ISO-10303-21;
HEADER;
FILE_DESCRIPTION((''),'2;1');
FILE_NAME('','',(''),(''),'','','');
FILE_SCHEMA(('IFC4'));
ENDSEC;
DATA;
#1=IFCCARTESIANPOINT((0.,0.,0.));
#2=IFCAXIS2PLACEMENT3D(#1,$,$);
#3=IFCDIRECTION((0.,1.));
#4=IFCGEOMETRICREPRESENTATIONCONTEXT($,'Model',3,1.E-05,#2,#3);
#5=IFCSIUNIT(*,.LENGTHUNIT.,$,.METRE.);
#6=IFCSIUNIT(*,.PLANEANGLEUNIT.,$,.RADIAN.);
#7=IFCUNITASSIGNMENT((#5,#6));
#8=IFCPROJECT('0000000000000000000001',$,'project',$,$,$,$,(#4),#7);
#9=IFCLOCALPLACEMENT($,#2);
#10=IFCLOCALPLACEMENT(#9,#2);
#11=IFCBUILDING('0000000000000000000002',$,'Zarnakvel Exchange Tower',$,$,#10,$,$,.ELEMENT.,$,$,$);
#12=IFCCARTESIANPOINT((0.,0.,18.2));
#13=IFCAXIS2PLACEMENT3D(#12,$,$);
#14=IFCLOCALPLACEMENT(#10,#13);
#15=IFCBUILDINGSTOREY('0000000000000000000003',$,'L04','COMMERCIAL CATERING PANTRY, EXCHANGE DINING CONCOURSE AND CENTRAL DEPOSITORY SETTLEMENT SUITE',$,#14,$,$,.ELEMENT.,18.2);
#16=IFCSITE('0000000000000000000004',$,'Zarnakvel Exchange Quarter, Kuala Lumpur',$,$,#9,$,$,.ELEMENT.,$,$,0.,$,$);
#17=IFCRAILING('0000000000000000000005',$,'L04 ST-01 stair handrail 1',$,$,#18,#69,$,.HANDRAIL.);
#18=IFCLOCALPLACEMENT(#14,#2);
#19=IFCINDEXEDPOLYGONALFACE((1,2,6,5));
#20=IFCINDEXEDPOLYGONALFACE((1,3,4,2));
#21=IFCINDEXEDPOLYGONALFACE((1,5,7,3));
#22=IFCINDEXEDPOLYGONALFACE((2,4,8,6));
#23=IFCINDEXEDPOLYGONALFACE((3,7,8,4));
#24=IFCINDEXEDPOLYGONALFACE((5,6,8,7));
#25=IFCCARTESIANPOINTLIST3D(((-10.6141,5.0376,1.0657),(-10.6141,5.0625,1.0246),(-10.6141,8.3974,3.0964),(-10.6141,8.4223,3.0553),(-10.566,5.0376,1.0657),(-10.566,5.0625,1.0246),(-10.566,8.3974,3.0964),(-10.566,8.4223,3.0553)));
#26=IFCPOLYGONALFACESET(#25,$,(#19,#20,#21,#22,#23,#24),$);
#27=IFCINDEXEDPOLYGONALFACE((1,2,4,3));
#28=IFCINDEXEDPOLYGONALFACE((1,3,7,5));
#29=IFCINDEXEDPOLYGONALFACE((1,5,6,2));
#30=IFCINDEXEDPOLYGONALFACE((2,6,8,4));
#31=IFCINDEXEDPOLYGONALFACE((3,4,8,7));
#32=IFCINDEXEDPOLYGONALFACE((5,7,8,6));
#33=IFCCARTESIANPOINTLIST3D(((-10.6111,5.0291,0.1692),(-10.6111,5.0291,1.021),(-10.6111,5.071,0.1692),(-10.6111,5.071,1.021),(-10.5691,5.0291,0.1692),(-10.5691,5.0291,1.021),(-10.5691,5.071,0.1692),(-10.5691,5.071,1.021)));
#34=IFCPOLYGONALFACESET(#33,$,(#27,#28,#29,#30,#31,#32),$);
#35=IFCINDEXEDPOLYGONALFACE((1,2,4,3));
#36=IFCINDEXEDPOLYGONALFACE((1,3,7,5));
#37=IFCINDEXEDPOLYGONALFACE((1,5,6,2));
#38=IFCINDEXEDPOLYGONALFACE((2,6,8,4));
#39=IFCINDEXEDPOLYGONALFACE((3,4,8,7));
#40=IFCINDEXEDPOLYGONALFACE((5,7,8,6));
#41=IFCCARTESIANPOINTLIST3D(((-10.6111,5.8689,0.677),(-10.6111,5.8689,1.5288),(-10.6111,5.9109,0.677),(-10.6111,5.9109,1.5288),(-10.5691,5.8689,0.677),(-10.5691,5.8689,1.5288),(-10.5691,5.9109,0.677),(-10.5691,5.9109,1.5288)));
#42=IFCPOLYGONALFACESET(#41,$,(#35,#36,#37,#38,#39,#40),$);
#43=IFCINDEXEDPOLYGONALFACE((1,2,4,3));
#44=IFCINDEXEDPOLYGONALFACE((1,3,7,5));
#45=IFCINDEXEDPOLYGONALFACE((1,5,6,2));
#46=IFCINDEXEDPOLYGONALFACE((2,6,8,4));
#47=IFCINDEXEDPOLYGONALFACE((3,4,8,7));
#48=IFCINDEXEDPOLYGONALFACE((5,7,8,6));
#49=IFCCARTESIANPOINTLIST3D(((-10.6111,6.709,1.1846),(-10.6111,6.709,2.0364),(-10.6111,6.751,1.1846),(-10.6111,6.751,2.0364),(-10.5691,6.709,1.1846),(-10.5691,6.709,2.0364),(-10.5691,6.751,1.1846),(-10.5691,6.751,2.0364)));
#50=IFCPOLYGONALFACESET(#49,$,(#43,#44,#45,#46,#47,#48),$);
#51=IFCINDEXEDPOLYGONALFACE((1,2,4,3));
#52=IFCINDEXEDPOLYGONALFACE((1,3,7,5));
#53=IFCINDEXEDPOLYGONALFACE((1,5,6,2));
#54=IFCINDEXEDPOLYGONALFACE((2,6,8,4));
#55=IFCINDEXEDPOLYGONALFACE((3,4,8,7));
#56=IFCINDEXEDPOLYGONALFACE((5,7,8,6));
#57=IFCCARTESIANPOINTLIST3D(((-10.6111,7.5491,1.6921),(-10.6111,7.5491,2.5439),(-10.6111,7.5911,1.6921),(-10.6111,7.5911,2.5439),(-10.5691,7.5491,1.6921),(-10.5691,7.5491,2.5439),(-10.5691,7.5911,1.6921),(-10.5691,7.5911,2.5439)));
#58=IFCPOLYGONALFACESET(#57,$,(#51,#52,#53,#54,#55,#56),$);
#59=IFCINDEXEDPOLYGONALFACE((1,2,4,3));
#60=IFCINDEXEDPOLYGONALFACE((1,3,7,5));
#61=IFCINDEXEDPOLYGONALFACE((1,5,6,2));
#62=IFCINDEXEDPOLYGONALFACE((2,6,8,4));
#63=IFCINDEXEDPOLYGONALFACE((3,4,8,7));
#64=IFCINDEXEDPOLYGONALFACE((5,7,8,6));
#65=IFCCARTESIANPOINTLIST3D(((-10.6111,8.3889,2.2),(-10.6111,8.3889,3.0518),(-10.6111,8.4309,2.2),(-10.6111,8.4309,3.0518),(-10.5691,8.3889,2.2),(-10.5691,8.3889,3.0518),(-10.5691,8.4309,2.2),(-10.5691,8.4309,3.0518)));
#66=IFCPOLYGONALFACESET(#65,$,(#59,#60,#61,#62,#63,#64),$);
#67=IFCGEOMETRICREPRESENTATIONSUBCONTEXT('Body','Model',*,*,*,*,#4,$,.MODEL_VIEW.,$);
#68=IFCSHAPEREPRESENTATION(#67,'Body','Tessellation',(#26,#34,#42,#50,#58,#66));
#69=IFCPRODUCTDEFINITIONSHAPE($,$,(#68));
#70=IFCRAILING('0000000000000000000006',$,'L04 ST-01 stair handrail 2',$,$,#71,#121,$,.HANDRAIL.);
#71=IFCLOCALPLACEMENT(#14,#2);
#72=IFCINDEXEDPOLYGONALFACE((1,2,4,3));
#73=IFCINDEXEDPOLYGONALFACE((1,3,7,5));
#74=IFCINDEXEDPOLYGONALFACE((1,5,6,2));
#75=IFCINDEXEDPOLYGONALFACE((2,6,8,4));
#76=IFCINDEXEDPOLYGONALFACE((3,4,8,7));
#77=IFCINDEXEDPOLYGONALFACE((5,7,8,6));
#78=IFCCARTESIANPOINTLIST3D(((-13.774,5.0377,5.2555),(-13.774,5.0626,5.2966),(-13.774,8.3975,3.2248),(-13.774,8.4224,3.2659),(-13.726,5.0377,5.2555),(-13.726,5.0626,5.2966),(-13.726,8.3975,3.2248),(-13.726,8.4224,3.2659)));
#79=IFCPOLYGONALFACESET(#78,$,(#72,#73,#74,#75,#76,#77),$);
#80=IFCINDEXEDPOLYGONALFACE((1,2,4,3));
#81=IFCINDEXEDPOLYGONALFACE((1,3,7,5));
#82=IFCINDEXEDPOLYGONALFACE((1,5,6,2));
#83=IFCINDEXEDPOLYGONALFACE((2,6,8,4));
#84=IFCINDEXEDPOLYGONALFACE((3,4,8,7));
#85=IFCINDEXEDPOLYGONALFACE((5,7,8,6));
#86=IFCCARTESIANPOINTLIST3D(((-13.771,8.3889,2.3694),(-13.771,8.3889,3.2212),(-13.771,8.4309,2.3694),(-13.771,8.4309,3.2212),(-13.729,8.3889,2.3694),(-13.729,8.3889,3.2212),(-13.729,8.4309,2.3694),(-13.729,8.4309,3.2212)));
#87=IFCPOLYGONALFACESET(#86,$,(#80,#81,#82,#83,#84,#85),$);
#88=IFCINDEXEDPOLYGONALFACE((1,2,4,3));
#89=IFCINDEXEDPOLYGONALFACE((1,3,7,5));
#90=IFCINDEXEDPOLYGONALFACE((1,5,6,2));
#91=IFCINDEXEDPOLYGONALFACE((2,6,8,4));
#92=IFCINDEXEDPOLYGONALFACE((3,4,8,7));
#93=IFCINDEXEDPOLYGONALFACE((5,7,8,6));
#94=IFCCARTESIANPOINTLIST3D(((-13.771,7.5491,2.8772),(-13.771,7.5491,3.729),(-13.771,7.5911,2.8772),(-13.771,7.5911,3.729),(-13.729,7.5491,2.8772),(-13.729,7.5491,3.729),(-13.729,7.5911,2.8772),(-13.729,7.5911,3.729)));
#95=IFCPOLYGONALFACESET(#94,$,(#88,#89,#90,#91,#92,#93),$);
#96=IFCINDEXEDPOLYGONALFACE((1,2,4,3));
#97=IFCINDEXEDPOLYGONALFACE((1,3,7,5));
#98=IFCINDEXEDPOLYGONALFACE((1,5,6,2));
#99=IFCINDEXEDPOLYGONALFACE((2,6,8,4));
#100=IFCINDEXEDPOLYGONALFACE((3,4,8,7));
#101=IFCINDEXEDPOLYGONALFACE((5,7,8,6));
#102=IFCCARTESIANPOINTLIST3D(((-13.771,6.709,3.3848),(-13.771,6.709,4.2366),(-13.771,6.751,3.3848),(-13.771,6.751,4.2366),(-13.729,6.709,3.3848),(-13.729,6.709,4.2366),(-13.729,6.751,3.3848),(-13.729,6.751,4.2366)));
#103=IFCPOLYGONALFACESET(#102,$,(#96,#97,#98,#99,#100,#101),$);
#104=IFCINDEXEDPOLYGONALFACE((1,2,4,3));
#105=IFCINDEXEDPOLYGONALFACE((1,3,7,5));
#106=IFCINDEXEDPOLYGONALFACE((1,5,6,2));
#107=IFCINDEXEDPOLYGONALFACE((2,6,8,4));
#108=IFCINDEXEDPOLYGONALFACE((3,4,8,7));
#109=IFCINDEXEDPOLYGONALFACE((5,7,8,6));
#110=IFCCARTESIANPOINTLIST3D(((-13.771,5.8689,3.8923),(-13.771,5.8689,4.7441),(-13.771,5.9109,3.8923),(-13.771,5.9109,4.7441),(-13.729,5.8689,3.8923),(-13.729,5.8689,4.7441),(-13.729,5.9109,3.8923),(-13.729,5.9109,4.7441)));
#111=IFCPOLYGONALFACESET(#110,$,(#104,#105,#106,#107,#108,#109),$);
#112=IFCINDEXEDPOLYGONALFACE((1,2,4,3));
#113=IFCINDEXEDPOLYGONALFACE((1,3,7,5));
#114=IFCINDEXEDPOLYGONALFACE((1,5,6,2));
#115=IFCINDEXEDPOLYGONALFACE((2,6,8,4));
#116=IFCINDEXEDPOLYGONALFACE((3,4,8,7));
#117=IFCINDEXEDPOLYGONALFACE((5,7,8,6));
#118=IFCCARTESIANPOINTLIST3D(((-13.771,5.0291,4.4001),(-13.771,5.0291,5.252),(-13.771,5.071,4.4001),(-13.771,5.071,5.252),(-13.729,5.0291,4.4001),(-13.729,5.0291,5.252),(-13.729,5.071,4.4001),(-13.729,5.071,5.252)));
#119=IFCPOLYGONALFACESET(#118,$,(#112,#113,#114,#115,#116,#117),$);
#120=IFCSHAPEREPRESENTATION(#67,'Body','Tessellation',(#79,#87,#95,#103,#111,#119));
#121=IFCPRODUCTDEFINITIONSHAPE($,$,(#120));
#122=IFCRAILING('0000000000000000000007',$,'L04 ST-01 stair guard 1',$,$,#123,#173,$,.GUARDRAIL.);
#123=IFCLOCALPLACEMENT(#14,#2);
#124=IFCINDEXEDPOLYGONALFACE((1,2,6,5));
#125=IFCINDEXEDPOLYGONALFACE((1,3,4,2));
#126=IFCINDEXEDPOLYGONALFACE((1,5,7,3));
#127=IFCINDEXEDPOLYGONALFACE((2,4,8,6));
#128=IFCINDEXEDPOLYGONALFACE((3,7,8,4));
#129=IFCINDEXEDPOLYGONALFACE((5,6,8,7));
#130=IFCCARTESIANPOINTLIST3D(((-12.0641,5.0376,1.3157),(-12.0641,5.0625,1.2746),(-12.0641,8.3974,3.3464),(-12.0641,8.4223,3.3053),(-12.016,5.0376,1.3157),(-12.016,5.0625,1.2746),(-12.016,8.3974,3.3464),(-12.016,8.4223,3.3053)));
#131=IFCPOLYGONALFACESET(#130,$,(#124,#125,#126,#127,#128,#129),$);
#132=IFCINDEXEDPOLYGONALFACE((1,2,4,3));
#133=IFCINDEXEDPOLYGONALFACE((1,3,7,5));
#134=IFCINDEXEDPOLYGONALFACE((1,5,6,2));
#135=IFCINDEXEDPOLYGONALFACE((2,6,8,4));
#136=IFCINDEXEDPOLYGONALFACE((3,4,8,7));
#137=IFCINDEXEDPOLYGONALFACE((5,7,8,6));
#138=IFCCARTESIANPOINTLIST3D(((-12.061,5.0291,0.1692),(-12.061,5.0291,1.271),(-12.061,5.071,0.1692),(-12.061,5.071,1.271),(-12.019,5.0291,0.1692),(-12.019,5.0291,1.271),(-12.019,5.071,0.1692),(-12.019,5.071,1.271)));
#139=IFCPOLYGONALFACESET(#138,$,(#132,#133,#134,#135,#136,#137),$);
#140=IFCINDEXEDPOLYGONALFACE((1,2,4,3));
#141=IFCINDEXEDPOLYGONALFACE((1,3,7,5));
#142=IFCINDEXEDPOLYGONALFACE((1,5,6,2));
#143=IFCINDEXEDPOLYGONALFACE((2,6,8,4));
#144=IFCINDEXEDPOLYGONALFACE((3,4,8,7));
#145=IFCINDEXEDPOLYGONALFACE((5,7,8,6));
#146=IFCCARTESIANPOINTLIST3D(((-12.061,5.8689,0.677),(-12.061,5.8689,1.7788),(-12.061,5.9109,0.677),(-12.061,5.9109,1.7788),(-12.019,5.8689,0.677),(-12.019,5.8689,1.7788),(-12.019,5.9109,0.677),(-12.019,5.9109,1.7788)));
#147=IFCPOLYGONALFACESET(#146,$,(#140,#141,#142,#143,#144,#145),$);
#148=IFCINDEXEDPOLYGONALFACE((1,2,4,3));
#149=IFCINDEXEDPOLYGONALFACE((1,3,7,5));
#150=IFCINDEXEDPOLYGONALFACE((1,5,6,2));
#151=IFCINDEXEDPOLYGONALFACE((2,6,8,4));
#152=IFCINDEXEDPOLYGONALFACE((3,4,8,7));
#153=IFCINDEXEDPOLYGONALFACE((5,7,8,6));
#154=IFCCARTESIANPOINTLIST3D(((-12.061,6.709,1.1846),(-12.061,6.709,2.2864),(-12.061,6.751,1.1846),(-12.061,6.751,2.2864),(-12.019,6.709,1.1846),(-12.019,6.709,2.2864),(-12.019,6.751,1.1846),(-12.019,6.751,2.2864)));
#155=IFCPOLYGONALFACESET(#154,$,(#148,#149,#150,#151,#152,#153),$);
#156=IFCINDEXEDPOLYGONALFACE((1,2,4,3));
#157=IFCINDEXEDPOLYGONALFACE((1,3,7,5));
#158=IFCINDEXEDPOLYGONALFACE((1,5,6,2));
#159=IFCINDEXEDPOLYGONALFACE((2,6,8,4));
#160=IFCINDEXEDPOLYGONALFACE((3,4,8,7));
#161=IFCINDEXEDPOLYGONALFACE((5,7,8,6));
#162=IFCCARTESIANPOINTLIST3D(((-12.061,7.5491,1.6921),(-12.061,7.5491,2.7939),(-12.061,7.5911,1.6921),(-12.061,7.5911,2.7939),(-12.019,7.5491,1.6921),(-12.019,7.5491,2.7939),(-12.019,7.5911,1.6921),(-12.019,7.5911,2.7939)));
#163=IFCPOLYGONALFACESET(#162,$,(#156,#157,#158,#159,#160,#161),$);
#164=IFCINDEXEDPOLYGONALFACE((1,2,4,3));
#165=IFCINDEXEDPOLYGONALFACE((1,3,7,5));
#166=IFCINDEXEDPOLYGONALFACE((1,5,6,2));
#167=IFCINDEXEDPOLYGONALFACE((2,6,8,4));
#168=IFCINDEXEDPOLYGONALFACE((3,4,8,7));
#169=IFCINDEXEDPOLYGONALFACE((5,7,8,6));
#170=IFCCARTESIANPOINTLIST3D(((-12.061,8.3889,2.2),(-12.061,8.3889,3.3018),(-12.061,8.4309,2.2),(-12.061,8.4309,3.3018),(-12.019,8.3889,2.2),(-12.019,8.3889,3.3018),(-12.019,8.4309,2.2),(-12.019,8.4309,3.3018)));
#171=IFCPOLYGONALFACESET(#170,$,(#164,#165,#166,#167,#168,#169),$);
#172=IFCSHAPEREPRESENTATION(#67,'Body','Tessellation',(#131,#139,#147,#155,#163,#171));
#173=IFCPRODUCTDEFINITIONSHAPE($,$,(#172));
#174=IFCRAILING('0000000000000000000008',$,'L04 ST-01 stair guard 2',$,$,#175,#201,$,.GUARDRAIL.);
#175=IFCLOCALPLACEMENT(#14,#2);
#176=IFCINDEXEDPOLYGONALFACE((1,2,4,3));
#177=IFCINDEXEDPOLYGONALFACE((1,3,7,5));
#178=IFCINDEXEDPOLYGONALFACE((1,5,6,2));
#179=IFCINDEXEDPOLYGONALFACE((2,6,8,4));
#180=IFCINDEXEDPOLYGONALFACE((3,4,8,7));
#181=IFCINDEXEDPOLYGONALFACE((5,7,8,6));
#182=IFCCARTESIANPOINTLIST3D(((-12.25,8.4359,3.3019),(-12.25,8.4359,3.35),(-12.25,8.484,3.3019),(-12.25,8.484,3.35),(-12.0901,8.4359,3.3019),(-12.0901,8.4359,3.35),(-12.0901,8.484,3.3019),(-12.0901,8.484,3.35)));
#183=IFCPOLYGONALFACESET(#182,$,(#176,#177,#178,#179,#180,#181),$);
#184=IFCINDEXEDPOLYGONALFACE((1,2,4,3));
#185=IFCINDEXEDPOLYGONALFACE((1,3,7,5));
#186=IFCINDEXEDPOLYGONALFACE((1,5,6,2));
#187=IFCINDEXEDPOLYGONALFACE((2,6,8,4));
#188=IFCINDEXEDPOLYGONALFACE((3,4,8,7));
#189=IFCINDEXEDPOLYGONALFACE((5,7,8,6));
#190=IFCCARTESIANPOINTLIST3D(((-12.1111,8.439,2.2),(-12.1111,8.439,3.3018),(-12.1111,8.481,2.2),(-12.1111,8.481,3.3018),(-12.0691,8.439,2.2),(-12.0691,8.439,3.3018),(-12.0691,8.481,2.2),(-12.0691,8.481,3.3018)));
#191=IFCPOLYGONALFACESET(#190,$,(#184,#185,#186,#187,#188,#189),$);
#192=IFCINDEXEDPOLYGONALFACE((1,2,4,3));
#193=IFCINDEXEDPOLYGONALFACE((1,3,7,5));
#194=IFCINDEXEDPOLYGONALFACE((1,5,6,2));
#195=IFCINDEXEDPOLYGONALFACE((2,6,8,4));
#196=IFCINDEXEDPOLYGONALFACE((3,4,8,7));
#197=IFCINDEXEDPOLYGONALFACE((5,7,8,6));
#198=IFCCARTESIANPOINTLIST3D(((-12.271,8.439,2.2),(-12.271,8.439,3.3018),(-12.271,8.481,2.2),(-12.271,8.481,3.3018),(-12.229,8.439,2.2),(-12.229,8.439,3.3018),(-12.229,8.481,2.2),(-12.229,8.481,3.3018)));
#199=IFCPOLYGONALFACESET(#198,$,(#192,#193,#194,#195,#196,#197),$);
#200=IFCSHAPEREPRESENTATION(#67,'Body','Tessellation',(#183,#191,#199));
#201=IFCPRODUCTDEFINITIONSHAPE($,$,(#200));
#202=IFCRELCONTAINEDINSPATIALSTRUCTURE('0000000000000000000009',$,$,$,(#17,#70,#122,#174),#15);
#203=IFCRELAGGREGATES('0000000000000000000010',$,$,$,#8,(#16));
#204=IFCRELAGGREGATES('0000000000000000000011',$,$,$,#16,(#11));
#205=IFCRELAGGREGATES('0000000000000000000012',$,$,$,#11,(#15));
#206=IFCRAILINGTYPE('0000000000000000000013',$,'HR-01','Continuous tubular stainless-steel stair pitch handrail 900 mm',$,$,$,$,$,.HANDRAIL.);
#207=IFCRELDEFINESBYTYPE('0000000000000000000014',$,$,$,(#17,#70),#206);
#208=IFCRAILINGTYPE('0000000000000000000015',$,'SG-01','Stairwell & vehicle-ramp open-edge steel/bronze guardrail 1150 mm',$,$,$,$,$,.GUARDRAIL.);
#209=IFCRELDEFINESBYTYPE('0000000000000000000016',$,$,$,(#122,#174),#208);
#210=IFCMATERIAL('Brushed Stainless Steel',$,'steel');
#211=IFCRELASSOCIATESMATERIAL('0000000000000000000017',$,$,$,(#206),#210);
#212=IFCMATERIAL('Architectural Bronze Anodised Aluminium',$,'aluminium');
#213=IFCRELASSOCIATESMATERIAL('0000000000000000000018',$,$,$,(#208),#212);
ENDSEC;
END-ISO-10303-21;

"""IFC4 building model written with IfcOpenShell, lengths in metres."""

from ifc_helpers import new_model, si_unit, direction, frame, origin, origin_2d, place, context, subcontext, project, spatial, rectangle, extrude, material, type_object, element, save


model = new_model("IFC4")

# Units and contexts
model_context = context("Model", 3, precision=1e-05, world=origin(), true_north=direction((0.0, 1.0)))
body_context = subcontext(model_context, "Body", "Model", "MODEL_VIEW")
ifc_project = project(units=[si_unit("LENGTHUNIT", "METRE"), si_unit("PLANEANGLEUNIT", "RADIAN")], contexts=[model_context])

# Site, building, storey
site_placement = place(None, origin())
site = spatial("IfcSite", under=ifc_project, at=site_placement, Name="Zarnakvel Exchange Quarter, Kuala Lumpur", CompositionType="ELEMENT", RefElevation=0.0)
building_placement = place(site_placement, origin())
building = spatial("IfcBuilding", under=site, at=building_placement, Name="Zarnakvel Exchange Tower", CompositionType="ELEMENT")
storey_placement = place(building_placement, frame((0.0, 0.0, 18.2)))
storey = spatial("IfcBuildingStorey", under=building, at=storey_placement, Name="L04", Description="COMMERCIAL CATERING PANTRY, EXCHANGE DINING CONCOURSE AND CENTRAL DEPOSITORY SETTLEMENT SUITE", CompositionType="ELEMENT", Elevation=18.2)

# Shared definitions
ifc_material_1 = material(Name="Architectural Bronze Anodised Aluminium", Category="aluminium")

# Railings
ifc_material_2 = material(Name="Brushed Stainless Steel", Category="steel")
railing_type_1 = type_object("IfcRailingType", Name="HR-01", Description="Continuous tubular stainless-steel stair pitch handrail 900 mm", PredefinedType="HANDRAIL", material=ifc_material_2)
railing_1_placement = place(storey_placement, frame((-10.5901, 5.05, 0.1692)))
element("IfcRailing", 1, at=railing_1_placement, inside=storey, type_object=railing_type_1, Name="L04 ST-01 stair handrail 1", PredefinedType="HANDRAIL", context=body_context, shape_type="SweptSolid", body=[
    extrude(rectangle(XDim=0.0481, YDim=0.0481, at=origin_2d()), frame((0.0, 0.0, 0.876), z_axis=(0.0, 0.85582, 0.517273), x_axis=(-1.0, 0.0, 0.0)), (0.0, 0.0, 1.0), 3.9258),
    extrude(rectangle(XDim=0.042, YDim=0.042, at=origin_2d()), origin(), (0.0, 0.0, 1.0), 0.8518),
    extrude(rectangle(XDim=0.042, YDim=0.042, at=origin_2d()), frame((0.0, 0.8398, 0.5078)), (0.0, 0.0, 1.0), 0.8518),
    extrude(rectangle(XDim=0.042, YDim=0.042, at=origin_2d()), frame((0.0, 1.6799, 1.0154)), (0.0, 0.0, 1.0), 0.8518),
    extrude(rectangle(XDim=0.042, YDim=0.042, at=origin_2d()), frame((0.0, 2.52, 1.5229)), (0.0, 0.0, 1.0), 0.8518),
    extrude(rectangle(XDim=0.042, YDim=0.042, at=origin_2d()), frame((0.0, 3.3599, 2.0308)), (0.0, 0.0, 1.0), 0.8518),
])
railing_2_placement = place(storey_placement, frame((-13.75, 8.4099, 2.3694)))
element("IfcRailing", 2, at=railing_2_placement, inside=storey, type_object=railing_type_1, Name="L04 ST-01 stair handrail 2", PredefinedType="HANDRAIL", context=body_context, shape_type="SweptSolid", body=[
    extrude(rectangle(XDim=0.0481, YDim=0.0481, at=origin_2d()), frame((0.0, 0.0, 0.876), z_axis=(0.0, -0.85582, 0.517273), x_axis=(1.0, 0.0, 0.0)), (0.0, 0.0, 1.0), 3.9258),
    extrude(rectangle(XDim=0.042, YDim=0.042, at=origin_2d()), origin(), (0.0, 0.0, 1.0), 0.8518),
    extrude(rectangle(XDim=0.042, YDim=0.042, at=origin_2d()), frame((0.0, -0.8398, 0.5078)), (0.0, 0.0, 1.0), 0.8518),
    extrude(rectangle(XDim=0.042, YDim=0.042, at=origin_2d()), frame((0.0, -1.6799, 1.0154)), (0.0, 0.0, 1.0), 0.8518),
    extrude(rectangle(XDim=0.042, YDim=0.042, at=origin_2d()), frame((0.0, -2.52, 1.5229)), (0.0, 0.0, 1.0), 0.8518),
    extrude(rectangle(XDim=0.042, YDim=0.042, at=origin_2d()), frame((0.0, -3.3599, 2.0308)), (0.0, 0.0, 1.0), 0.8518),
])
railing_type_2 = type_object("IfcRailingType", Name="SG-01", Description="Stairwell & vehicle-ramp open-edge steel/bronze guardrail 1150 mm", PredefinedType="GUARDRAIL", material=ifc_material_1)
railing_3_placement = place(storey_placement, frame((-12.04, 5.05, 0.1692)))
element("IfcRailing", 3, at=railing_3_placement, inside=storey, type_object=railing_type_2, Name="L04 ST-01 stair guard 1", PredefinedType="GUARDRAIL", context=body_context, shape_type="SweptSolid", body=[
    extrude(rectangle(XDim=0.0481, YDim=0.0481, at=origin_2d()), frame((0.0, 0.0, 1.126), z_axis=(0.0, 0.85582, 0.517273), x_axis=(-1.0, 0.0, 0.0)), (0.0, 0.0, 1.0), 3.9258),
    extrude(rectangle(XDim=0.042, YDim=0.042, at=origin_2d()), origin(), (0.0, 0.0, 1.0), 1.1018),
    extrude(rectangle(XDim=0.042, YDim=0.042, at=origin_2d()), frame((0.0, 0.8398, 0.5078)), (0.0, 0.0, 1.0), 1.1018),
    extrude(rectangle(XDim=0.042, YDim=0.042, at=origin_2d()), frame((0.0, 1.6799, 1.0154)), (0.0, 0.0, 1.0), 1.1018),
    extrude(rectangle(XDim=0.042, YDim=0.042, at=origin_2d()), frame((0.0, 2.52, 1.5229)), (0.0, 0.0, 1.0), 1.1018),
    extrude(rectangle(XDim=0.042, YDim=0.042, at=origin_2d()), frame((0.0, 3.3599, 2.0308)), (0.0, 0.0, 1.0), 1.1018),
])
railing_4_placement = place(storey_placement, frame((-12.0901, 8.46, 2.2)))
element("IfcRailing", 4, at=railing_4_placement, inside=storey, type_object=railing_type_2, Name="L04 ST-01 stair guard 2", PredefinedType="GUARDRAIL", context=body_context, shape_type="SweptSolid", body=[
    extrude(rectangle(XDim=0.0481, YDim=0.0481, at=origin_2d()), frame((0.0, 0.0, 1.126), z_axis=(-1.0, 0.0, 0.0), x_axis=(0.0, -1.0, 0.0)), (0.0, 0.0, 1.0), 0.1599),
    extrude(rectangle(XDim=0.042, YDim=0.042, at=origin_2d()), origin(), (0.0, 0.0, 1.0), 1.1018),
    extrude(rectangle(XDim=0.042, YDim=0.042, at=origin_2d()), frame((-0.1599, 0.0, 0.0)), (0.0, 0.0, 1.0), 1.1018),
])

save(model, "model.ifc")
